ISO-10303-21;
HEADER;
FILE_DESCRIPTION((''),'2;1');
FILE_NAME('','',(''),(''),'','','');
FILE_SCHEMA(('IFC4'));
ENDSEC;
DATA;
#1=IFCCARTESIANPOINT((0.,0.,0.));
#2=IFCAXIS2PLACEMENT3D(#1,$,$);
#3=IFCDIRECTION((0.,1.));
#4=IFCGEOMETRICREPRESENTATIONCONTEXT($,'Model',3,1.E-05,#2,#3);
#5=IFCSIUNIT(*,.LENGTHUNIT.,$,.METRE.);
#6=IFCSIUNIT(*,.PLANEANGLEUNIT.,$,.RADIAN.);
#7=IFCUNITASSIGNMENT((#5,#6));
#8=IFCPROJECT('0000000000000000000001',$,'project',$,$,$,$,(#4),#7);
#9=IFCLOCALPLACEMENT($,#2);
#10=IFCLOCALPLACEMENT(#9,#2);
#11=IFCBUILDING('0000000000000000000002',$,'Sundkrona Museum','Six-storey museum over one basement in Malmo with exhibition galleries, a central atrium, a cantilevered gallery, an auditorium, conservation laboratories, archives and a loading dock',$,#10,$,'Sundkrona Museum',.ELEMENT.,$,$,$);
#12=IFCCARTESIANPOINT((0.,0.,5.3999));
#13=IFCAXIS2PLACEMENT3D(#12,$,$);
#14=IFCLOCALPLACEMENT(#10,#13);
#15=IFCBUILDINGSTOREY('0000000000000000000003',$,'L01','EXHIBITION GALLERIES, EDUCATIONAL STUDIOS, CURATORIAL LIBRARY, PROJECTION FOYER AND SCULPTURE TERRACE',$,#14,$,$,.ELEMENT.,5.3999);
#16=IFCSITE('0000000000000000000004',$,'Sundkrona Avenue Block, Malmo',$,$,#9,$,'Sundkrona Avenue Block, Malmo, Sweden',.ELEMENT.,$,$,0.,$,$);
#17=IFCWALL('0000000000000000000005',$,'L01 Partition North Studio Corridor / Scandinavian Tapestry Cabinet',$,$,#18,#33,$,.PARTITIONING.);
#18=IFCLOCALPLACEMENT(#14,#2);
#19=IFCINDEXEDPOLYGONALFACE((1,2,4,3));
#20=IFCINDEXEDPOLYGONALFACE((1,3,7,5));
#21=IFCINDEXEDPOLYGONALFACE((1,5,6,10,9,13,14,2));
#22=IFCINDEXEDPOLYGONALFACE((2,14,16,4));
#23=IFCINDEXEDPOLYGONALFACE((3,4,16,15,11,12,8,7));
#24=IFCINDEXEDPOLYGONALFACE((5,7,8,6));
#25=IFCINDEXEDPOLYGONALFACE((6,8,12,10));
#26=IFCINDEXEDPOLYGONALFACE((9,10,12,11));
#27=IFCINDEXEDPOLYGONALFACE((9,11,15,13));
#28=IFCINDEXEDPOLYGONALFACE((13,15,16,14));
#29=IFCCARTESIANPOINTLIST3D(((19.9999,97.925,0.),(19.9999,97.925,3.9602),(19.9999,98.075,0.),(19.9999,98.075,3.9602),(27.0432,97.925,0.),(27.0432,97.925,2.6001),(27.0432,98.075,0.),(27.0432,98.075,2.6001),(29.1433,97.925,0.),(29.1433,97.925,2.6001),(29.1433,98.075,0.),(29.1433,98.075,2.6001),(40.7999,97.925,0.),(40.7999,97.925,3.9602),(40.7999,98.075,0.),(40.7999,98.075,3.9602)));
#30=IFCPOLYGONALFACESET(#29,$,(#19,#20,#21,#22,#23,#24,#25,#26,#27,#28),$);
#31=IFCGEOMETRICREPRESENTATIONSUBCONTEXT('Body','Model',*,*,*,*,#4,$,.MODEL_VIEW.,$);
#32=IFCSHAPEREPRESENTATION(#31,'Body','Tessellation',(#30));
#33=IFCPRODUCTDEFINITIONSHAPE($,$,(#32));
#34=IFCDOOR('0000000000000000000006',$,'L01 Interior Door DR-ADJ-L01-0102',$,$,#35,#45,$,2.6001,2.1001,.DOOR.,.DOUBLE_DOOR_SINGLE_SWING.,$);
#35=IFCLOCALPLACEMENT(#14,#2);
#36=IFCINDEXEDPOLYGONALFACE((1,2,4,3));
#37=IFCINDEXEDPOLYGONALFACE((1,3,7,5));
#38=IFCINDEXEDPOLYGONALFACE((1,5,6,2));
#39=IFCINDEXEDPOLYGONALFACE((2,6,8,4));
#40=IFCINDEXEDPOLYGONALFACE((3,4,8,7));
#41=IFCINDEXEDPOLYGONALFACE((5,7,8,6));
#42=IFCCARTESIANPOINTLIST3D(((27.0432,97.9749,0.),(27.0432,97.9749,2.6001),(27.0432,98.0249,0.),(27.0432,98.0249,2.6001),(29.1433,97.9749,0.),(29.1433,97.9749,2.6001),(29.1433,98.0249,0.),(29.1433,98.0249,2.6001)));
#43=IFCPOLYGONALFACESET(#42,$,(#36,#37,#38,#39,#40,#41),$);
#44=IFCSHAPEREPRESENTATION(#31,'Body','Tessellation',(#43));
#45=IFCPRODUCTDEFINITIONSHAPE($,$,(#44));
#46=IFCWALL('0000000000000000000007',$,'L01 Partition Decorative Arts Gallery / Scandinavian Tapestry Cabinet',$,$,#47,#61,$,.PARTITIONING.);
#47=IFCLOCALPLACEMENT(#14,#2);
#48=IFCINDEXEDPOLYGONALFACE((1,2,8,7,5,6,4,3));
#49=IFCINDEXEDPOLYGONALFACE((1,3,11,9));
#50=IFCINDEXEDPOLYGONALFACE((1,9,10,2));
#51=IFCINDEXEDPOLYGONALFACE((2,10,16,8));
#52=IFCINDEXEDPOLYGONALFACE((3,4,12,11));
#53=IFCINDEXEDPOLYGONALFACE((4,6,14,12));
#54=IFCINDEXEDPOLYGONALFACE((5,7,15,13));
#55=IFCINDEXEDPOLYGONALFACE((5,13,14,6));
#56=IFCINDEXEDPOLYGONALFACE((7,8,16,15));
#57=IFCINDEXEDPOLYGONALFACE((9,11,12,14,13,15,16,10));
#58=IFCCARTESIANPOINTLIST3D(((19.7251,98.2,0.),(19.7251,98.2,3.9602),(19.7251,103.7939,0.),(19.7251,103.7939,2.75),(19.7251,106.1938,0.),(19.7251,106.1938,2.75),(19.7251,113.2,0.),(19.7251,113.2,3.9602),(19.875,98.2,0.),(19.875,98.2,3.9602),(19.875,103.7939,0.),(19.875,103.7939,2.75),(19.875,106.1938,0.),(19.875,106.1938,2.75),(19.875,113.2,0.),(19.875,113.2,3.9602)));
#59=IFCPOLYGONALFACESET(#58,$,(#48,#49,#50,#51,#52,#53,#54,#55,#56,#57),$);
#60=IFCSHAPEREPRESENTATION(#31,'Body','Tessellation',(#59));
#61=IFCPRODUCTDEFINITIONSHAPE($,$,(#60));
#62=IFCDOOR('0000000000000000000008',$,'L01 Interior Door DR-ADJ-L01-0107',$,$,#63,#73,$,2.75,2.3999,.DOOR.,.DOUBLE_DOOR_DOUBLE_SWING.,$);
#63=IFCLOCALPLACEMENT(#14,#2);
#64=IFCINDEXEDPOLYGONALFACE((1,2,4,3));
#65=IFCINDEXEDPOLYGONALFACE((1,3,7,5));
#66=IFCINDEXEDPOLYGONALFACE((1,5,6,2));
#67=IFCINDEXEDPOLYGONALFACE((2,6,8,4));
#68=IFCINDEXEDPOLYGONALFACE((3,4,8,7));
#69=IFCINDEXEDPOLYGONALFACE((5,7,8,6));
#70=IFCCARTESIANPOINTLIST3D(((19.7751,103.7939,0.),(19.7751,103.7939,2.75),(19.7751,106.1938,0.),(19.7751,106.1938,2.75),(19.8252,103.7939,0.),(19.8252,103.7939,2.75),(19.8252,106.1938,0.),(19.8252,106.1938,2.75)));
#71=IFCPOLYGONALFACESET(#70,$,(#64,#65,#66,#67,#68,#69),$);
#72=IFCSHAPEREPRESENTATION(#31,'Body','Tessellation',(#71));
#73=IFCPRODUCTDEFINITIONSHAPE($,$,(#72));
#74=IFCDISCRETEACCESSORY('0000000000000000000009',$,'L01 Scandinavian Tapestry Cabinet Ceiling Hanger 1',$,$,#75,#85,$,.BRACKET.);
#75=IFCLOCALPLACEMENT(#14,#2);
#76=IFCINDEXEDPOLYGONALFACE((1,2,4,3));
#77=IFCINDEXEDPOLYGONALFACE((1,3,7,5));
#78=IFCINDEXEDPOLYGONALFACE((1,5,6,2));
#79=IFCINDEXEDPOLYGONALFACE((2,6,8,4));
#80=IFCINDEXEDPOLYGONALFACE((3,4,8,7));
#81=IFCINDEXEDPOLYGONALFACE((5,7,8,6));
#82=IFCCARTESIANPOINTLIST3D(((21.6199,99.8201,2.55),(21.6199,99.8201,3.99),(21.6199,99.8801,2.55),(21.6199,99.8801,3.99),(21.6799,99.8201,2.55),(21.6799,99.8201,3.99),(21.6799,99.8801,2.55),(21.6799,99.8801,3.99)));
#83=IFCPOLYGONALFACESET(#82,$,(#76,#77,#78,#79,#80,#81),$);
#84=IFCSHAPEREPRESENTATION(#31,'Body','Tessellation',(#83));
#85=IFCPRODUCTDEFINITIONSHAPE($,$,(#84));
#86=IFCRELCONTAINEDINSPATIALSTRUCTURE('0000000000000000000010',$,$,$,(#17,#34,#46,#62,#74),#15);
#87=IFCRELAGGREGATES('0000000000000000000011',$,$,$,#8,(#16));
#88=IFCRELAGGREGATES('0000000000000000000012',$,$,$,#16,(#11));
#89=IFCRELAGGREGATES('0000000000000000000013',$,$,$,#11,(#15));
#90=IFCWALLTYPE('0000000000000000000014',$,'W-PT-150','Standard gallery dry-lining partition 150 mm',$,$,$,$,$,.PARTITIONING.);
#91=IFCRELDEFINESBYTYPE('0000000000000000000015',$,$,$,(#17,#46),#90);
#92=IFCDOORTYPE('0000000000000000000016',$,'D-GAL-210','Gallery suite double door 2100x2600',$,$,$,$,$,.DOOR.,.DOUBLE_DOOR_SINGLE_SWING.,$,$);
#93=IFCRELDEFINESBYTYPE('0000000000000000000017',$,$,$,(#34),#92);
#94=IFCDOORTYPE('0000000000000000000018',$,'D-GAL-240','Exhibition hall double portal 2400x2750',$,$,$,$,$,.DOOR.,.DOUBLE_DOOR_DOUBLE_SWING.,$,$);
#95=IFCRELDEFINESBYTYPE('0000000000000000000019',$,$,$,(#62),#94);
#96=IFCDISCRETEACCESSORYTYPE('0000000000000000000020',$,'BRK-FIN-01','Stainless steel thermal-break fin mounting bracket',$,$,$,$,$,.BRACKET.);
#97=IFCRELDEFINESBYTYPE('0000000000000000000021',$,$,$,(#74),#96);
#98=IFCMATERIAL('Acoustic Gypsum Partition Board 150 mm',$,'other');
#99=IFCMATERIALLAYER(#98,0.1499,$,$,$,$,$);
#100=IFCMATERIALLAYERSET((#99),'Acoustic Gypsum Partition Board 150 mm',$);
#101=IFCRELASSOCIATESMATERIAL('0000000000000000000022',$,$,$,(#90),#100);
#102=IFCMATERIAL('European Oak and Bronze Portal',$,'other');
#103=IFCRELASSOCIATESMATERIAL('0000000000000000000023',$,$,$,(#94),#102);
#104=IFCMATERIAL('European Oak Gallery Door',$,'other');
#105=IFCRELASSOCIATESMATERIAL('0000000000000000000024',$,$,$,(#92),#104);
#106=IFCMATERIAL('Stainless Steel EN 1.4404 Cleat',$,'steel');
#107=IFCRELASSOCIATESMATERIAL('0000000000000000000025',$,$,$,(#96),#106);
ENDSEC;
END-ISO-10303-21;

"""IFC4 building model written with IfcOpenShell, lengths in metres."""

from ifc_helpers import new_model, si_unit, direction, frame, frame_2d, origin, origin_2d, place, context, subcontext, project, spatial, rectangle, extrude, material, layer, layer_set, type_object, element, fill, save


model = new_model("IFC4")

# Units and contexts
model_context = context("Model", 3, precision=1e-05, world=origin(), true_north=direction((0.0, 1.0)))
body_context = subcontext(model_context, "Body", "Model", "MODEL_VIEW")
ifc_project = project(units=[si_unit("LENGTHUNIT", "METRE"), si_unit("PLANEANGLEUNIT", "RADIAN")], contexts=[model_context])

# Site, building, storey
site_placement = place(None, origin())
site = spatial("IfcSite", under=ifc_project, at=site_placement, Name="Sundkrona Avenue Block, Malmo", LongName="Sundkrona Avenue Block, Malmo, Sweden", CompositionType="ELEMENT", RefElevation=0.0)
building_placement = place(site_placement, origin())
building = spatial("IfcBuilding", under=site, at=building_placement, Name="Sundkrona Museum", Description="Six-storey museum over one basement in Malmo with exhibition galleries, a central atrium, a cantilevered gallery, an auditorium, conservation laboratories, archives and a loading dock", LongName="Sundkrona Museum", CompositionType="ELEMENT")
storey_placement = place(building_placement, frame((0.0, 0.0, 5.3999)))
storey = spatial("IfcBuildingStorey", under=building, at=storey_placement, Name="L01", Description="EXHIBITION GALLERIES, EDUCATIONAL STUDIOS, CURATORIAL LIBRARY, PROJECTION FOYER AND SCULPTURE TERRACE", CompositionType="ELEMENT", Elevation=5.3999)

# Walls, openings, doors
ifc_material_1 = material(Name="Acoustic Gypsum Partition Board 150 mm", Category="other")
ifc_layer_1 = layer(ifc_material_1, 0.1499)
ifc_layer_set_1 = layer_set([ifc_layer_1], Name="Acoustic Gypsum Partition Board 150 mm")
wall_type_1 = type_object("IfcWallType", Name="W-PT-150", Description="Standard gallery dry-lining partition 150 mm", PredefinedType="PARTITIONING", material=ifc_layer_set_1)
ifc_material_2 = material(Name="European Oak and Bronze Portal", Category="other")
door_type_1 = type_object("IfcDoorType", Name="D-GAL-240", Description="Exhibition hall double portal 2400x2750", OperationType="DOUBLE_DOOR_DOUBLE_SWING", PredefinedType="DOOR", material=ifc_material_2)
wall_1_placement = place(storey_placement, frame((20.0, 98.0, 0.0), z_axis=(0.0, 0.0, 1.0), x_axis=(1.0, 0.0, 0.0)))
wall_1 = element("IfcWall", 1, at=wall_1_placement, inside=storey, type_object=wall_type_1, Name="L01 Partition North Studio Corridor / Scandinavian Tapestry Cabinet", PredefinedType="PARTITIONING", context=body_context, shape_type="SweptSolid", body=[
    extrude(rectangle(XDim=20.8, YDim=0.1499, at=frame_2d((10.3999, 0.0))), origin(), (0.0, 0.0, 1.0), 3.9602),
])
opening_1_placement = place(wall_1_placement, frame((7.0432, 0.0, 0.0)))
opening_1 = element("IfcOpeningElement", 2, at=opening_1_placement, cuts=wall_1, PredefinedType="OPENING", context=body_context, shape_type="SweptSolid", body=[
    extrude(rectangle(XDim=2.1001, YDim=2.6001, at=frame_2d((1.05, 1.3))), frame((0.0, 0.085, 0.0), z_axis=(0.0, -1.0, 0.0), x_axis=(1.0, 0.0, 0.0)), (0.0, 0.0, 1.0), 0.1699),
])
ifc_material_3 = material(Name="European Oak Gallery Door", Category="other")
door_type_2 = type_object("IfcDoorType", Name="D-GAL-210", Description="Gallery suite double door 2100x2600", OperationType="DOUBLE_DOOR_SINGLE_SWING", PredefinedType="DOOR", material=ifc_material_3)
door_1_placement = place(opening_1_placement, origin())
door_1 = element("IfcDoor", 3, at=door_1_placement, inside=storey, type_object=door_type_2, Name="L01 Interior Door DR-ADJ-L01-0102", OperationType="DOUBLE_DOOR_SINGLE_SWING", OverallHeight=2.6001, OverallWidth=2.1001, PredefinedType="DOOR", context=body_context, shape_type="SweptSolid", body=[
    extrude(rectangle(XDim=2.1001, YDim=2.6001, at=frame_2d((1.05, 1.3))), frame((0.0, 0.0249, 0.0), z_axis=(0.0, -1.0, 0.0), x_axis=(1.0, 0.0, 0.0)), (0.0, 0.0, 1.0), 0.05),
])
fill(opening_1, door_1)
wall_2_placement = place(storey_placement, frame((19.8, 98.2, 0.0), z_axis=(0.0, 0.0, 1.0), x_axis=(0.0, 1.0, 0.0)))
wall_2 = element("IfcWall", 4, at=wall_2_placement, inside=storey, type_object=wall_type_1, Name="L01 Partition Decorative Arts Gallery / Scandinavian Tapestry Cabinet", PredefinedType="PARTITIONING", context=body_context, shape_type="SweptSolid", body=[
    extrude(rectangle(XDim=15.0, YDim=0.1499, at=frame_2d((7.5, 0.0))), origin(), (0.0, 0.0, 1.0), 3.9602),
])
opening_2_placement = place(wall_2_placement, frame((5.594, 0.0, 0.0)))
opening_2 = element("IfcOpeningElement", 5, at=opening_2_placement, cuts=wall_2, PredefinedType="OPENING", context=body_context, shape_type="SweptSolid", body=[
    extrude(rectangle(XDim=2.3999, YDim=2.75, at=frame_2d((1.2, 1.375))), frame((0.0, 0.085, 0.0), z_axis=(0.0, -1.0, 0.0), x_axis=(1.0, 0.0, 0.0)), (0.0, 0.0, 1.0), 0.1699),
])
door_2_placement = place(opening_2_placement, origin())
door_2 = element("IfcDoor", 6, at=door_2_placement, inside=storey, type_object=door_type_1, Name="L01 Interior Door DR-ADJ-L01-0107", OperationType="DOUBLE_DOOR_DOUBLE_SWING", OverallHeight=2.75, OverallWidth=2.3999, PredefinedType="DOOR", context=body_context, shape_type="SweptSolid", body=[
    extrude(rectangle(XDim=2.3999, YDim=2.75, at=frame_2d((1.2, 1.375))), frame((0.0, 0.0249, 0.0), z_axis=(0.0, -1.0, 0.0), x_axis=(1.0, 0.0, 0.0)), (0.0, 0.0, 1.0), 0.05),
])
fill(opening_2, door_2)

# Discrete accessory
ifc_material_4 = material(Name="Stainless Steel EN 1.4404 Cleat", Category="steel")
discrete_accessory_type = type_object("IfcDiscreteAccessoryType", Name="BRK-FIN-01", Description="Stainless steel thermal-break fin mounting bracket", PredefinedType="BRACKET", material=ifc_material_4)
discrete_accessory_placement = place(storey_placement, frame((21.6499, 99.8501, 2.55), z_axis=(0.0, 0.0, 1.0), x_axis=(1.0, 0.0, 0.0)))
element("IfcDiscreteAccessory", 7, at=discrete_accessory_placement, inside=storey, type_object=discrete_accessory_type, Name="L01 Scandinavian Tapestry Cabinet Ceiling Hanger 1", PredefinedType="BRACKET", context=body_context, shape_type="SweptSolid", body=[
    extrude(rectangle(XDim=0.0601, YDim=0.0601, at=origin_2d()), origin(), (0.0, 0.0, 1.0), 1.4399),
])

save(model, "model.ifc")
